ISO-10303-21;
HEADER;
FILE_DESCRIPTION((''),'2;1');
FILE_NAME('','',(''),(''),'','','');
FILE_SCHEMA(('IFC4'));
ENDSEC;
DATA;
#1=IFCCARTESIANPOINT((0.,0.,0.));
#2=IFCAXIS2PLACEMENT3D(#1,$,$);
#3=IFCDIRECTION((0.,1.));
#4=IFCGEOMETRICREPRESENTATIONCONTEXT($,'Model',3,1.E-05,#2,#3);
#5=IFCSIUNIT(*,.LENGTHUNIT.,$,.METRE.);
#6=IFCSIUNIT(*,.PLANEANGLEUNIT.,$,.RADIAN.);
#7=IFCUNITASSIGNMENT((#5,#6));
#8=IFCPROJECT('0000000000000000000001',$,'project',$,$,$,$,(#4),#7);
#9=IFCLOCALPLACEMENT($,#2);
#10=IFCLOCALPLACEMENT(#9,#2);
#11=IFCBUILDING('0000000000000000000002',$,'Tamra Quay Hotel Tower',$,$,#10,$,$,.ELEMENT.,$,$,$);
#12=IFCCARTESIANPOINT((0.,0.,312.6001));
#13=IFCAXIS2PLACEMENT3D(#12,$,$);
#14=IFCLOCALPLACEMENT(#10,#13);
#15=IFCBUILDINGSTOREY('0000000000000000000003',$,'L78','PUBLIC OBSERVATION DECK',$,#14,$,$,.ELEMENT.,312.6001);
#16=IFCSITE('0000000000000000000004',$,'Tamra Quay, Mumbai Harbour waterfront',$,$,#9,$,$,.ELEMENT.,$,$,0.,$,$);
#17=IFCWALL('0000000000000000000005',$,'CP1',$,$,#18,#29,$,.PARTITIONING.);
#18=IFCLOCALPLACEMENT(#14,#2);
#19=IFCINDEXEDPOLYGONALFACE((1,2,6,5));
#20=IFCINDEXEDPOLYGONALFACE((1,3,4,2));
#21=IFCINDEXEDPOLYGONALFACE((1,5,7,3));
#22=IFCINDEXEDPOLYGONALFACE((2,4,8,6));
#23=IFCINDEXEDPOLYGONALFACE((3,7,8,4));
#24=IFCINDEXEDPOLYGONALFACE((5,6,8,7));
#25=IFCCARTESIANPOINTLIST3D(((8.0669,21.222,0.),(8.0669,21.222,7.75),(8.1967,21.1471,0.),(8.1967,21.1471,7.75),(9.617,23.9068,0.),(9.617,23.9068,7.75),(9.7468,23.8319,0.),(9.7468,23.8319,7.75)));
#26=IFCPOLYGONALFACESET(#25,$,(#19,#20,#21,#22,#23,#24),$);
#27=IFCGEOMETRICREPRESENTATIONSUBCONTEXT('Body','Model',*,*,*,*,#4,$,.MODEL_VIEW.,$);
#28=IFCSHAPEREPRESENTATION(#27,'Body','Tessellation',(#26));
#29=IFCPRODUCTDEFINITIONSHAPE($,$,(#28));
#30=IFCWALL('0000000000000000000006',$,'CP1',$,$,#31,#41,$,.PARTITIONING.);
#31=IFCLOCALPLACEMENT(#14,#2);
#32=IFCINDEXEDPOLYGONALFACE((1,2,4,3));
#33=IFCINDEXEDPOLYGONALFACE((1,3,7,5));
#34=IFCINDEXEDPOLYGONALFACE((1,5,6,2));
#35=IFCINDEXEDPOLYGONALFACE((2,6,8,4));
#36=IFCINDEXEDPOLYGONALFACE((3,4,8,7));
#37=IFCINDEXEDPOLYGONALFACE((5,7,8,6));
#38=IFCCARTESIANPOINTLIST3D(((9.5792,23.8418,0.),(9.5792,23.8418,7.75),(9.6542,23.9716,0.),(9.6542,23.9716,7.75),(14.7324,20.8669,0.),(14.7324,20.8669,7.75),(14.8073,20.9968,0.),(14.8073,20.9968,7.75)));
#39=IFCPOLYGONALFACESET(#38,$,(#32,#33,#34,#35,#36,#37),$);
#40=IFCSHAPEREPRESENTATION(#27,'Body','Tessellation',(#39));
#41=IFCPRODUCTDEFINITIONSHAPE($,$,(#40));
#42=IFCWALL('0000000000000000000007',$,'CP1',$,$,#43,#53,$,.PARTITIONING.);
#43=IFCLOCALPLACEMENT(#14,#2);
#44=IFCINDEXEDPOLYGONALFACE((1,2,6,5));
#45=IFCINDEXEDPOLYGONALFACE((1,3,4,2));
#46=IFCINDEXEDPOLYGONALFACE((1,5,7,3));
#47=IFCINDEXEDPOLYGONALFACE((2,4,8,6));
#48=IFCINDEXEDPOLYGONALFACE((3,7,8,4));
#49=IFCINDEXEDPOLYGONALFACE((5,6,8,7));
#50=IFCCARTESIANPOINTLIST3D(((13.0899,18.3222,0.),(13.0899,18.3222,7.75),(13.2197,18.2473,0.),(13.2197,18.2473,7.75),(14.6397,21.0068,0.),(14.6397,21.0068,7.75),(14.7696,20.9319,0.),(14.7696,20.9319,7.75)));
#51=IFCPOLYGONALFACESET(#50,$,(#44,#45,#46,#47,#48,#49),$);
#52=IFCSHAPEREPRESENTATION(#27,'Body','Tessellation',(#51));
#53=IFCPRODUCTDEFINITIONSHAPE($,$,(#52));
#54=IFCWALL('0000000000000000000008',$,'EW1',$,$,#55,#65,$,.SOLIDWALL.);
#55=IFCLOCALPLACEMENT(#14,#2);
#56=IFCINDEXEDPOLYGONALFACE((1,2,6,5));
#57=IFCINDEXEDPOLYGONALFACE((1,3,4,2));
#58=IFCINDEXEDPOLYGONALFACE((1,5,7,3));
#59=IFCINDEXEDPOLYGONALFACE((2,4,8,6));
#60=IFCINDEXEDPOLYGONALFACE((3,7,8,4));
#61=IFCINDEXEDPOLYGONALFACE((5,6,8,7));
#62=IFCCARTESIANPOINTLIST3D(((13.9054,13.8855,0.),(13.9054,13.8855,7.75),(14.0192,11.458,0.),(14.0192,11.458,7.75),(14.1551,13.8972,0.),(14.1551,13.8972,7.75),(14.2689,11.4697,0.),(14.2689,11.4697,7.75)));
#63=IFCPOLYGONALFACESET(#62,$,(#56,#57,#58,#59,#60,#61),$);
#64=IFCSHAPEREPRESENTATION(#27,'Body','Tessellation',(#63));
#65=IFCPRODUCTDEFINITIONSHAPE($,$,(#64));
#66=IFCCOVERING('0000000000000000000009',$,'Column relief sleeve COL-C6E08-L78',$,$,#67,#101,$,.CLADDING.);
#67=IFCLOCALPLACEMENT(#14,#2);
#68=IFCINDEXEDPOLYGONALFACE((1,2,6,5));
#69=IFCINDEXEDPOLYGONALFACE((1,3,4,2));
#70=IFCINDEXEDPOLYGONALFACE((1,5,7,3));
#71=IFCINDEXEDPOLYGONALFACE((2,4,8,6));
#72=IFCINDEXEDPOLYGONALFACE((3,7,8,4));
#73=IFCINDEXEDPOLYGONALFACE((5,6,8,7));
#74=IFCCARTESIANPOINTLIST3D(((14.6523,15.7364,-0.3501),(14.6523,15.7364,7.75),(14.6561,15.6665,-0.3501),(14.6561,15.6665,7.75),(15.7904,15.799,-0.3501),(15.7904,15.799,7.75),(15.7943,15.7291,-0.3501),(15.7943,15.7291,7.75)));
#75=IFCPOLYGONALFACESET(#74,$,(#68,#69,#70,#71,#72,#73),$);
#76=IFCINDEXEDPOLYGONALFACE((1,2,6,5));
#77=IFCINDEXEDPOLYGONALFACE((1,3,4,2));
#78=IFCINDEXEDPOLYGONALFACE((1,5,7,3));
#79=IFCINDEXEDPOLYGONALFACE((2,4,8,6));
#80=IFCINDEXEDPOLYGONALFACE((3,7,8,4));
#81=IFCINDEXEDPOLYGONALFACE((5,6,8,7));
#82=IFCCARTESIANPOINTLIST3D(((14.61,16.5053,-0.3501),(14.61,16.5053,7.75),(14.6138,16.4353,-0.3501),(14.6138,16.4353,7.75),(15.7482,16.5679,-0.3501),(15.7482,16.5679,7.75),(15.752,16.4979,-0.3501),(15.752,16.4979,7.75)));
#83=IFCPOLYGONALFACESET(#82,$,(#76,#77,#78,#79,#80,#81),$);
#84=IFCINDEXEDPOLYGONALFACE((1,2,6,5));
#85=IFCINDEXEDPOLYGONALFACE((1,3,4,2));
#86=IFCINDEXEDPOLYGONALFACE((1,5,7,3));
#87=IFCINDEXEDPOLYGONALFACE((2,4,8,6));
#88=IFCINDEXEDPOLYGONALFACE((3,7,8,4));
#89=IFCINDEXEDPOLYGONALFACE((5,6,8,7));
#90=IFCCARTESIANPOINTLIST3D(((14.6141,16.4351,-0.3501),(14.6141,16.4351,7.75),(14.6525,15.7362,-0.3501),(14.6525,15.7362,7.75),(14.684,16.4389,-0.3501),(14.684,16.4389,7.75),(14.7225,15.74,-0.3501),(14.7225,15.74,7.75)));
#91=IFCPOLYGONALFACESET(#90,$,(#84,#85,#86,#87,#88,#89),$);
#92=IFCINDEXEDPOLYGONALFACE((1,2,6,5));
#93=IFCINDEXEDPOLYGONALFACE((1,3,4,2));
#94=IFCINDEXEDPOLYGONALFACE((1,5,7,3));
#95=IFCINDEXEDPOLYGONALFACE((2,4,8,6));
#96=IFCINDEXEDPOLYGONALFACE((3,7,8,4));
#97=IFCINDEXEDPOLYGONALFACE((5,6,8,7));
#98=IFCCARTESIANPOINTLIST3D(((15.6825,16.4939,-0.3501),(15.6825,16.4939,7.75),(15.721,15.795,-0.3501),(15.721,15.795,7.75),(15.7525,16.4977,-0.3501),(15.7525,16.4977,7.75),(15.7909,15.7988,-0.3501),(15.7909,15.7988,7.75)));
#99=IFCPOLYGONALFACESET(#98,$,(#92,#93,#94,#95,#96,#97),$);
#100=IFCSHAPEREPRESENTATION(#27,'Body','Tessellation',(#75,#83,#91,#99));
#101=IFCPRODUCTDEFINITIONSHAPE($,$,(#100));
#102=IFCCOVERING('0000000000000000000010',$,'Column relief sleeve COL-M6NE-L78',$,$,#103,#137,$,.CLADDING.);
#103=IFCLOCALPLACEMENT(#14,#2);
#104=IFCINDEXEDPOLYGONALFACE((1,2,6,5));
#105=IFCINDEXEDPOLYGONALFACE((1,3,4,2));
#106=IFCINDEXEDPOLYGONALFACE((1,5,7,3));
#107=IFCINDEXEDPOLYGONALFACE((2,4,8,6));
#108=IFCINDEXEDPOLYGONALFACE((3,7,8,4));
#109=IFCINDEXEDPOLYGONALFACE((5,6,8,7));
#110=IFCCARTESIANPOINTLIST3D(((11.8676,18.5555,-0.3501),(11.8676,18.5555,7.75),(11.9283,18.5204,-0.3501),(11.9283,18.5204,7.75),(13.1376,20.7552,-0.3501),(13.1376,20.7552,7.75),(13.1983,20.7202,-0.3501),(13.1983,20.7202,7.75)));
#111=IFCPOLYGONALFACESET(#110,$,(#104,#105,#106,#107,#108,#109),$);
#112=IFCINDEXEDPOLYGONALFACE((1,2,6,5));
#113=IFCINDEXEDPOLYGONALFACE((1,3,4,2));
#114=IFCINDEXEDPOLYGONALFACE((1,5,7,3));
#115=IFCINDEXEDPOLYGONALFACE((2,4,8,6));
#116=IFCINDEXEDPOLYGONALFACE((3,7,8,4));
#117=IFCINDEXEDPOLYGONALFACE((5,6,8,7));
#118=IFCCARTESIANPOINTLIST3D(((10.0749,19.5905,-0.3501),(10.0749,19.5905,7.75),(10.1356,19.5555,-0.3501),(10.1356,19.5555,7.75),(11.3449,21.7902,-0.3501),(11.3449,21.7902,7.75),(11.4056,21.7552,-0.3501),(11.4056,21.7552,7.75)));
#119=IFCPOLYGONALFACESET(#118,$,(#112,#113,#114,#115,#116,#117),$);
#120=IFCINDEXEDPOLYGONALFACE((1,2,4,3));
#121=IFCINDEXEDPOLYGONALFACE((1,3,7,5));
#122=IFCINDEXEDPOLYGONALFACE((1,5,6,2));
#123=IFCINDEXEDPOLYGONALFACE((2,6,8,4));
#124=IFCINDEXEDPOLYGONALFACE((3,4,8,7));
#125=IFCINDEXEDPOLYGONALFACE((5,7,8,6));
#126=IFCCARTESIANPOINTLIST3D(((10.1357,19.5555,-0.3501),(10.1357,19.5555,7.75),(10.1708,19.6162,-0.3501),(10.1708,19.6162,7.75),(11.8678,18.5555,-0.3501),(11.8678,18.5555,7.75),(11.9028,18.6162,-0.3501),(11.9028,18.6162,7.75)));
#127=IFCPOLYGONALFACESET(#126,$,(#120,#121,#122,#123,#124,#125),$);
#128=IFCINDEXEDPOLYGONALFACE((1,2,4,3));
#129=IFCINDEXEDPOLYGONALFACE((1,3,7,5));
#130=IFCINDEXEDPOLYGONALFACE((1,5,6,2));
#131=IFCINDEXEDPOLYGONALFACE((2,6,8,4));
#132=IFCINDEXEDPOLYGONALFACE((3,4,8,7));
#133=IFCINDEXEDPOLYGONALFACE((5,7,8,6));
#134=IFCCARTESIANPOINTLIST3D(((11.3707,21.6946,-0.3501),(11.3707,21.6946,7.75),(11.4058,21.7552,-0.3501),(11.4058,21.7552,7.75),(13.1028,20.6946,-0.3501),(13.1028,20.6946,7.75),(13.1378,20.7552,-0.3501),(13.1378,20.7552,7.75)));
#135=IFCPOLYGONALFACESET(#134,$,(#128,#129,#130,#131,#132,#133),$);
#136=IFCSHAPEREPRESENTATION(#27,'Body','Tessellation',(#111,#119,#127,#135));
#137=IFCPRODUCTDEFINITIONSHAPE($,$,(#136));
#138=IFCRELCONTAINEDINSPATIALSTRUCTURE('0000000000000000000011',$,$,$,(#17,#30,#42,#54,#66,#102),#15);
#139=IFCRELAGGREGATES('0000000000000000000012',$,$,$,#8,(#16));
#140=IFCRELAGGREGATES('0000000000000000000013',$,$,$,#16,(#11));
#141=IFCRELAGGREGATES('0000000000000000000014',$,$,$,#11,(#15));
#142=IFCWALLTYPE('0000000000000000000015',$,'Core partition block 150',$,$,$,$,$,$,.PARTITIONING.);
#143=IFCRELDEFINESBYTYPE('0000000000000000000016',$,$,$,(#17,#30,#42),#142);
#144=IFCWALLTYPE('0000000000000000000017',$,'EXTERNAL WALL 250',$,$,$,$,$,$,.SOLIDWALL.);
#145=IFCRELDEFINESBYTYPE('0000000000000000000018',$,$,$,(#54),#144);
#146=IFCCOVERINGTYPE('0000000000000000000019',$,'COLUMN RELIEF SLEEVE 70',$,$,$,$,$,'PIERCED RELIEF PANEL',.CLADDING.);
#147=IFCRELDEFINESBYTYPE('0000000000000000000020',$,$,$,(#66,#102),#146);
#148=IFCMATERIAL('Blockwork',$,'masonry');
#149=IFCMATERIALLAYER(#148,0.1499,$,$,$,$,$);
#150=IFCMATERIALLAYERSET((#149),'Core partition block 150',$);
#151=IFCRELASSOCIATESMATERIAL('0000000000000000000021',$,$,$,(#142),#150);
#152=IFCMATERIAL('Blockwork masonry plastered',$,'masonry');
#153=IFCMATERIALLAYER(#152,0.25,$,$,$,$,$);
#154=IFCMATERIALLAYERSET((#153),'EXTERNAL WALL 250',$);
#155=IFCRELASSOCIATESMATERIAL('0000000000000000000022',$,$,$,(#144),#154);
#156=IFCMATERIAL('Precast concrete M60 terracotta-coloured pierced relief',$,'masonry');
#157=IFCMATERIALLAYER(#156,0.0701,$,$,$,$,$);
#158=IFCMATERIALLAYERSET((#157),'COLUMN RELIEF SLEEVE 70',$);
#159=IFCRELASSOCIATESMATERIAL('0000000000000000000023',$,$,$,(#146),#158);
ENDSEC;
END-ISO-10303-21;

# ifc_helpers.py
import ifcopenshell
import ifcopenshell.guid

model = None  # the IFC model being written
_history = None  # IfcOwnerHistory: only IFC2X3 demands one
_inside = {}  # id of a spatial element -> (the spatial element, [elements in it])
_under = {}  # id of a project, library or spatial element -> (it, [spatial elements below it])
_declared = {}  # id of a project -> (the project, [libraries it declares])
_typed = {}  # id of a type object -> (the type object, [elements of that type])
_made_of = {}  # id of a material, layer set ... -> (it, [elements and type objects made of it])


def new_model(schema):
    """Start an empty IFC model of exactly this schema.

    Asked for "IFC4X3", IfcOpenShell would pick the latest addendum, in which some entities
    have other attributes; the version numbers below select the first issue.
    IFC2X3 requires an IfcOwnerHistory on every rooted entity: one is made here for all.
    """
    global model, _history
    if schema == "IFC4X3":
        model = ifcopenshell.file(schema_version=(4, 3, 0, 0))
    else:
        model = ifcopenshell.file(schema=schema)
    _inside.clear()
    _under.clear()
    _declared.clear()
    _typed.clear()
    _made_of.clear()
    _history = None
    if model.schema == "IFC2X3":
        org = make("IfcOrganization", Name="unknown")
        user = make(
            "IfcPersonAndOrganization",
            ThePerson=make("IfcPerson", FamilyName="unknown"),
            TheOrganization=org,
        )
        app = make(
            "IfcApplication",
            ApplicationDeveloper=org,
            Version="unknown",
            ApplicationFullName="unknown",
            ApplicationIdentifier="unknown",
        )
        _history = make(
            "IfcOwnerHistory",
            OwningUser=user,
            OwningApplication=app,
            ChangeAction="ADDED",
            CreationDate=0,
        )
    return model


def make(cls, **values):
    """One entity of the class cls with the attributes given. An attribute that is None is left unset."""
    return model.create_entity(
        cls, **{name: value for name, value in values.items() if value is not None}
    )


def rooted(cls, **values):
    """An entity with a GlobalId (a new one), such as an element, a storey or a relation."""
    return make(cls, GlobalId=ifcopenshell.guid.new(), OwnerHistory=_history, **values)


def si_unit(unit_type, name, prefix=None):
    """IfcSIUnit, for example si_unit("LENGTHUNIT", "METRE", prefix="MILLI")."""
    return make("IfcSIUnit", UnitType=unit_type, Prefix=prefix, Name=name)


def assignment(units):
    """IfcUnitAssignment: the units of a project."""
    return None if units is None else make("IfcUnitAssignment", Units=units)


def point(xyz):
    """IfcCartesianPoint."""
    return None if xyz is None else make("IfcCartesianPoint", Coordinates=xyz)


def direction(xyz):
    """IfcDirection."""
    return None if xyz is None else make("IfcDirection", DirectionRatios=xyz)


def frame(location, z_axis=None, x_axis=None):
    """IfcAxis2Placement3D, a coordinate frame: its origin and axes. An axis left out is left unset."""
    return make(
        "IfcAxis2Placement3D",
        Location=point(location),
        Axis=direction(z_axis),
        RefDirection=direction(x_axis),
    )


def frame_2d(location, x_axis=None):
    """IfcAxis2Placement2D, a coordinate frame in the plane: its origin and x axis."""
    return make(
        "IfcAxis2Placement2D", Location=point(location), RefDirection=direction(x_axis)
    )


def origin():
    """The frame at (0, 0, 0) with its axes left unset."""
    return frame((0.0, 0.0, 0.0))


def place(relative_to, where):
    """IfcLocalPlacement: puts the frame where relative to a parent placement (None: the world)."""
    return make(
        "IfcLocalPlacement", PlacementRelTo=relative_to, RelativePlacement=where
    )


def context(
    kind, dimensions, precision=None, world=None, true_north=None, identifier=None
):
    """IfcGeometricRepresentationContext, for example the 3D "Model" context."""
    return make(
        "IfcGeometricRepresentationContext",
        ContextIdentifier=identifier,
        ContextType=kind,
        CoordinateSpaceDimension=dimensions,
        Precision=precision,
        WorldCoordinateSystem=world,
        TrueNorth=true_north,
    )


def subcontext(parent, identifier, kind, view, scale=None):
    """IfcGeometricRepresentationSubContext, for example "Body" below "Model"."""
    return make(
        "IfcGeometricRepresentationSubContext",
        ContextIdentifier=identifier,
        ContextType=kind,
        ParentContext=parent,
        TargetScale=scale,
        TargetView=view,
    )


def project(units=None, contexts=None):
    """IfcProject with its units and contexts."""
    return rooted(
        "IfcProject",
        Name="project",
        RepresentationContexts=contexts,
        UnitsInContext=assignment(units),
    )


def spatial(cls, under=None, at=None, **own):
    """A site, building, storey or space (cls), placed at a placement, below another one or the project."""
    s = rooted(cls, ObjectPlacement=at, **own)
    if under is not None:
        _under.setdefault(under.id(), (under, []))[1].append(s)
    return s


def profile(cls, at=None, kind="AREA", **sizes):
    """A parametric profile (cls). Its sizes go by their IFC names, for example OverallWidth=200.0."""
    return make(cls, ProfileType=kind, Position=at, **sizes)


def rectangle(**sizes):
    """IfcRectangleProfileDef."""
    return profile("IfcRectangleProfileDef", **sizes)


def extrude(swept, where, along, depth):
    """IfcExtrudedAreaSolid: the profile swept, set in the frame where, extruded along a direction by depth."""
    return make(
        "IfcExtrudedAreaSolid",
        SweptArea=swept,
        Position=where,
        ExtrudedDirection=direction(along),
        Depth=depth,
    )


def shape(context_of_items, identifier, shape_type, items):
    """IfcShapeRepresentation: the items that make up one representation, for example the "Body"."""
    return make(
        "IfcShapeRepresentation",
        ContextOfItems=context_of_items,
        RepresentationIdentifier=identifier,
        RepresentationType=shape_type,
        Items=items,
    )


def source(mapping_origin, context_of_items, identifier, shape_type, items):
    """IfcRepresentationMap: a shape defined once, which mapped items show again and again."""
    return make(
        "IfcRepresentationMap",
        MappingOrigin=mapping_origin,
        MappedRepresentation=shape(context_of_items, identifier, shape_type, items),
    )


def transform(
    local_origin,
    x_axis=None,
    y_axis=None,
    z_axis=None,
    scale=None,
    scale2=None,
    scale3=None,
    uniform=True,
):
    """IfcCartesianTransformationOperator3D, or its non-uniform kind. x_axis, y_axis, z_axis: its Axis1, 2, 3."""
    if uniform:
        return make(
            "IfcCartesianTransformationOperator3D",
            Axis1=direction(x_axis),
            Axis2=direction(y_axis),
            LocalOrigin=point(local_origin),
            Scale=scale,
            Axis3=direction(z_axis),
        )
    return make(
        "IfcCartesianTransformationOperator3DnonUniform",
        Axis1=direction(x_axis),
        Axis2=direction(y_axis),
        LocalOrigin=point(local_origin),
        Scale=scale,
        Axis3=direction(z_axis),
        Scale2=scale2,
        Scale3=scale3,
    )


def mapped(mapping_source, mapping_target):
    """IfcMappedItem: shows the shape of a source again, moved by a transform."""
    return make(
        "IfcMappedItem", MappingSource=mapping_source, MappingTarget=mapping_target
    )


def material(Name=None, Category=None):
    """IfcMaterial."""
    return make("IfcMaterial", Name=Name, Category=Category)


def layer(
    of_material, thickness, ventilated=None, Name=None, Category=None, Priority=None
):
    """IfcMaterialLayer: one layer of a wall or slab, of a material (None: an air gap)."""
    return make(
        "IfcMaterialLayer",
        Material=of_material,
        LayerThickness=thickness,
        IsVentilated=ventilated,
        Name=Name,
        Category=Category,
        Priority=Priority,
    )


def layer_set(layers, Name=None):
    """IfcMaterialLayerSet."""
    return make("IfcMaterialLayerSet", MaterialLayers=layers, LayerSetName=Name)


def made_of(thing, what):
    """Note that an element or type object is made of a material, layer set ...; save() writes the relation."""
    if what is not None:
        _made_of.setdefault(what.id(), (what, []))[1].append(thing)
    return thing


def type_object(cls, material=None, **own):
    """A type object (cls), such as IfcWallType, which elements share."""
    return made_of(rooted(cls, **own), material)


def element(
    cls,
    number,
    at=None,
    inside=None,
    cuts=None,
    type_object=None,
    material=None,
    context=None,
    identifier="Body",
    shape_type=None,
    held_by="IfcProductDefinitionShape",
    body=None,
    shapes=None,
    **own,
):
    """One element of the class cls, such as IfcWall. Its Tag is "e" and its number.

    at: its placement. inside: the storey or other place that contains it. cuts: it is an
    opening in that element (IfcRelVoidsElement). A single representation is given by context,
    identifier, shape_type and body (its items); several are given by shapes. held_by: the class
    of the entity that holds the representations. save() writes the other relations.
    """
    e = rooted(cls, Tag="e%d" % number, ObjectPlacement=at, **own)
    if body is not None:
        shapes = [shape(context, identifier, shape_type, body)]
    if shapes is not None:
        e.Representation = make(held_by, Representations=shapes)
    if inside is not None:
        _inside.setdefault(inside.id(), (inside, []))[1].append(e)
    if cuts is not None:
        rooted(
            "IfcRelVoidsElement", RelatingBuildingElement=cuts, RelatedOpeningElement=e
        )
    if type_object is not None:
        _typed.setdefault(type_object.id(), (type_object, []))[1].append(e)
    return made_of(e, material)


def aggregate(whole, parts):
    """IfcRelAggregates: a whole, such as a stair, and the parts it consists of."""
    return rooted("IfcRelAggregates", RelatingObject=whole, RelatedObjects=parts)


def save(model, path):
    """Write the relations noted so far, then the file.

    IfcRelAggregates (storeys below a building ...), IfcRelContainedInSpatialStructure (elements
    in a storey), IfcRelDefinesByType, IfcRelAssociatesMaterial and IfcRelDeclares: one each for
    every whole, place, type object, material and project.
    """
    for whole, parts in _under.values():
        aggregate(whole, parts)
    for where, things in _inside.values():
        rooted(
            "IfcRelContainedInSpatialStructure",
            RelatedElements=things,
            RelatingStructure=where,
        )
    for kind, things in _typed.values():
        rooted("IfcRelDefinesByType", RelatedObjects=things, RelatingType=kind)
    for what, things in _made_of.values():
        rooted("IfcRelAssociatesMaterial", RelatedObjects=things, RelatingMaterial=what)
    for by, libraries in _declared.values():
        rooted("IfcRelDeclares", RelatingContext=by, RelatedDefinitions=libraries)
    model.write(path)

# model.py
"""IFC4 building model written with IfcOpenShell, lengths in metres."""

from ifc_helpers import new_model, si_unit, direction, frame, frame_2d, origin, place, context, subcontext, project, spatial, rectangle, extrude, source, transform, mapped, material, layer, layer_set, type_object, element, save


model = new_model("IFC4")

# Units and contexts
model_context = context("Model", 3, precision=1e-05, world=origin(), true_north=direction((0.0, 1.0)))
body_context = subcontext(model_context, "Body", "Model", "MODEL_VIEW")
ifc_project = project(units=[si_unit("LENGTHUNIT", "METRE"), si_unit("PLANEANGLEUNIT", "RADIAN")], contexts=[model_context])

# Site, building, storey
site_placement = place(None, origin())
site = spatial("IfcSite", under=ifc_project, at=site_placement, Name="Tamra Quay, Mumbai Harbour waterfront", CompositionType="ELEMENT", RefElevation=0.0)
building_placement = place(site_placement, origin())
building = spatial("IfcBuilding", under=site, at=building_placement, Name="Tamra Quay Hotel Tower", CompositionType="ELEMENT")
storey_placement = place(building_placement, frame((0.0, 0.0, 312.6001)))
storey = spatial("IfcBuildingStorey", under=building, at=storey_placement, Name="L78", Description="PUBLIC OBSERVATION DECK", CompositionType="ELEMENT", Elevation=312.6001)

# Walls
ifc_material_1 = material(Name="Blockwork", Category="masonry")
ifc_layer_1 = layer(ifc_material_1, 0.1499)
ifc_layer_set_1 = layer_set([ifc_layer_1], Name="Core partition block 150")
wall_type_1 = type_object("IfcWallType", Name="Core partition block 150", PredefinedType="PARTITIONING", material=ifc_layer_set_1)
wall_1_placement = place(storey_placement, frame((8.1318, 21.1846, 0.0), z_axis=(0.0, 0.0, 1.0), x_axis=(0.499993, 0.86603, 0.0)))
element("IfcWall", 1, at=wall_1_placement, inside=storey, type_object=wall_type_1, Name="CP1", PredefinedType="PARTITIONING", context=body_context, shape_type="SweptSolid", body=[
    extrude(rectangle(XDim=3.1001, YDim=0.1499, at=frame_2d((1.55, 0.0))), origin(), (0.0, 0.0, 1.0), 7.75),
])
wall_2_placement = place(storey_placement, frame((9.6167, 23.9067, 0.0), z_axis=(0.0, 0.0, 1.0), x_axis=(0.866046, -0.499965, 0.0)))
element("IfcWall", 2, at=wall_2_placement, inside=storey, type_object=wall_type_1, Name="CP1", PredefinedType="PARTITIONING", context=body_context, shape_type="SweptSolid", body=[
    extrude(rectangle(XDim=5.9502, YDim=0.1499, at=frame_2d((2.9751, 0.0))), origin(), (0.0, 0.0, 1.0), 7.75),
])
wall_3_placement = place(storey_placement, frame((14.7046, 20.9692, 0.0), z_axis=(0.0, 0.0, 1.0), x_axis=(-0.499968, -0.866044, 0.0)))
element("IfcWall", 3, at=wall_3_placement, inside=storey, type_object=wall_type_1, Name="CP1", PredefinedType="PARTITIONING", context=body_context, shape_type="SweptSolid", body=[
    extrude(rectangle(XDim=3.0999, YDim=0.1499, at=frame_2d((1.5498, 0.0))), origin(), (0.0, 0.0, 1.0), 7.75),
])
ifc_material_2 = material(Name="Blockwork masonry plastered", Category="masonry")
ifc_layer_2 = layer(ifc_material_2, 0.25)
ifc_layer_set_2 = layer_set([ifc_layer_2], Name="EXTERNAL WALL 250")
wall_type_2 = type_object("IfcWallType", Name="EXTERNAL WALL 250", PredefinedType="SOLIDWALL", material=ifc_layer_set_2)
wall_4_placement = place(storey_placement, frame((14.0303, 13.8914, 0.0), z_axis=(0.0, 0.0, 1.0), x_axis=(0.046816, -0.998904, 0.0)))
element("IfcWall", 4, at=wall_4_placement, inside=storey, type_object=wall_type_2, Name="EW1", PredefinedType="SOLIDWALL", context=body_context, shape_type="SweptSolid", body=[
    extrude(rectangle(XDim=2.4302, YDim=0.25, at=frame_2d((1.2151, 0.0))), origin(), (0.0, 0.0, 1.0), 7.75),
])

# Coverings
ifc_material_3 = material(Name="Precast concrete M60 terracotta-coloured pierced relief", Category="masonry")
ifc_layer_3 = layer(ifc_material_3, 0.0701)
ifc_layer_set_3 = layer_set([ifc_layer_3], Name="COLUMN RELIEF SLEEVE 70")
covering_type = type_object("IfcCoveringType", Name="COLUMN RELIEF SLEEVE 70", ElementType="PIERCED RELIEF PANEL", PredefinedType="CLADDING", material=ifc_layer_set_3)
shared_shape_1 = source(origin(), body_context, "Body", "SweptSolid", [
    extrude(rectangle(XDim=1.1399, YDim=0.0701, at=frame_2d((0.5698, 0.0352))), frame((-0.5701, -0.4199, 0.0)), (0.0, 0.0, 1.0), 8.1001),
    extrude(rectangle(XDim=1.1399, YDim=0.0701, at=frame_2d((0.5698, 0.0352))), frame((-0.5701, 0.3501, 0.0)), (0.0, 0.0, 1.0), 8.1001),
    extrude(rectangle(XDim=0.0701, YDim=0.7, at=frame_2d((0.0352, 0.3501))), frame((-0.5701, -0.3501, 0.0)), (0.0, 0.0, 1.0), 8.1001),
    extrude(rectangle(XDim=0.0701, YDim=0.7, at=frame_2d((0.0352, 0.3501))), frame((0.5, -0.3501, 0.0)), (0.0, 0.0, 1.0), 8.1001),
])
covering_1_placement = place(storey_placement, frame((15.2024, 16.1169, -0.3501), z_axis=(0.0, 0.0, 1.0), x_axis=(0.998491, 0.054917, 0.0)))
element("IfcCovering", 5, at=covering_1_placement, inside=storey, type_object=covering_type, Name="Column relief sleeve COL-C6E08-L78", PredefinedType="CLADDING", context=body_context, shape_type="MappedRepresentation", body=[
    mapped(shared_shape_1, transform((0.0, 0.0, 0.0), scale=1.0)),
])
shared_shape_2 = source(origin(), body_context, "Body", "SweptSolid", [
    extrude(rectangle(XDim=2.54, YDim=0.0701, at=frame_2d((1.27, 0.0352))), frame((-1.27, -1.0701, 0.0)), (0.0, 0.0, 1.0), 8.1001),
    extrude(rectangle(XDim=2.54, YDim=0.0701, at=frame_2d((1.27, 0.0352))), frame((-1.27, 1.0, 0.0)), (0.0, 0.0, 1.0), 8.1001),
    extrude(rectangle(XDim=0.0701, YDim=2.0, at=frame_2d((0.0352, 1.0))), frame((-1.27, -1.0, 0.0)), (0.0, 0.0, 1.0), 8.1001),
    extrude(rectangle(XDim=0.0701, YDim=2.0, at=frame_2d((0.0352, 1.0))), frame((1.2, -1.0, 0.0)), (0.0, 0.0, 1.0), 8.1001),
])
covering_2_placement = place(storey_placement, frame((11.6367, 20.1553, -0.3501), z_axis=(0.0, 0.0, 1.0), x_axis=(0.5, 0.866025, 0.0)))
element("IfcCovering", 6, at=covering_2_placement, inside=storey, type_object=covering_type, Name="Column relief sleeve COL-M6NE-L78", PredefinedType="CLADDING", context=body_context, shape_type="MappedRepresentation", body=[
    mapped(shared_shape_2, transform((0.0, 0.0, 0.0), scale=1.0)),
])

save(model, "model.ifc")
